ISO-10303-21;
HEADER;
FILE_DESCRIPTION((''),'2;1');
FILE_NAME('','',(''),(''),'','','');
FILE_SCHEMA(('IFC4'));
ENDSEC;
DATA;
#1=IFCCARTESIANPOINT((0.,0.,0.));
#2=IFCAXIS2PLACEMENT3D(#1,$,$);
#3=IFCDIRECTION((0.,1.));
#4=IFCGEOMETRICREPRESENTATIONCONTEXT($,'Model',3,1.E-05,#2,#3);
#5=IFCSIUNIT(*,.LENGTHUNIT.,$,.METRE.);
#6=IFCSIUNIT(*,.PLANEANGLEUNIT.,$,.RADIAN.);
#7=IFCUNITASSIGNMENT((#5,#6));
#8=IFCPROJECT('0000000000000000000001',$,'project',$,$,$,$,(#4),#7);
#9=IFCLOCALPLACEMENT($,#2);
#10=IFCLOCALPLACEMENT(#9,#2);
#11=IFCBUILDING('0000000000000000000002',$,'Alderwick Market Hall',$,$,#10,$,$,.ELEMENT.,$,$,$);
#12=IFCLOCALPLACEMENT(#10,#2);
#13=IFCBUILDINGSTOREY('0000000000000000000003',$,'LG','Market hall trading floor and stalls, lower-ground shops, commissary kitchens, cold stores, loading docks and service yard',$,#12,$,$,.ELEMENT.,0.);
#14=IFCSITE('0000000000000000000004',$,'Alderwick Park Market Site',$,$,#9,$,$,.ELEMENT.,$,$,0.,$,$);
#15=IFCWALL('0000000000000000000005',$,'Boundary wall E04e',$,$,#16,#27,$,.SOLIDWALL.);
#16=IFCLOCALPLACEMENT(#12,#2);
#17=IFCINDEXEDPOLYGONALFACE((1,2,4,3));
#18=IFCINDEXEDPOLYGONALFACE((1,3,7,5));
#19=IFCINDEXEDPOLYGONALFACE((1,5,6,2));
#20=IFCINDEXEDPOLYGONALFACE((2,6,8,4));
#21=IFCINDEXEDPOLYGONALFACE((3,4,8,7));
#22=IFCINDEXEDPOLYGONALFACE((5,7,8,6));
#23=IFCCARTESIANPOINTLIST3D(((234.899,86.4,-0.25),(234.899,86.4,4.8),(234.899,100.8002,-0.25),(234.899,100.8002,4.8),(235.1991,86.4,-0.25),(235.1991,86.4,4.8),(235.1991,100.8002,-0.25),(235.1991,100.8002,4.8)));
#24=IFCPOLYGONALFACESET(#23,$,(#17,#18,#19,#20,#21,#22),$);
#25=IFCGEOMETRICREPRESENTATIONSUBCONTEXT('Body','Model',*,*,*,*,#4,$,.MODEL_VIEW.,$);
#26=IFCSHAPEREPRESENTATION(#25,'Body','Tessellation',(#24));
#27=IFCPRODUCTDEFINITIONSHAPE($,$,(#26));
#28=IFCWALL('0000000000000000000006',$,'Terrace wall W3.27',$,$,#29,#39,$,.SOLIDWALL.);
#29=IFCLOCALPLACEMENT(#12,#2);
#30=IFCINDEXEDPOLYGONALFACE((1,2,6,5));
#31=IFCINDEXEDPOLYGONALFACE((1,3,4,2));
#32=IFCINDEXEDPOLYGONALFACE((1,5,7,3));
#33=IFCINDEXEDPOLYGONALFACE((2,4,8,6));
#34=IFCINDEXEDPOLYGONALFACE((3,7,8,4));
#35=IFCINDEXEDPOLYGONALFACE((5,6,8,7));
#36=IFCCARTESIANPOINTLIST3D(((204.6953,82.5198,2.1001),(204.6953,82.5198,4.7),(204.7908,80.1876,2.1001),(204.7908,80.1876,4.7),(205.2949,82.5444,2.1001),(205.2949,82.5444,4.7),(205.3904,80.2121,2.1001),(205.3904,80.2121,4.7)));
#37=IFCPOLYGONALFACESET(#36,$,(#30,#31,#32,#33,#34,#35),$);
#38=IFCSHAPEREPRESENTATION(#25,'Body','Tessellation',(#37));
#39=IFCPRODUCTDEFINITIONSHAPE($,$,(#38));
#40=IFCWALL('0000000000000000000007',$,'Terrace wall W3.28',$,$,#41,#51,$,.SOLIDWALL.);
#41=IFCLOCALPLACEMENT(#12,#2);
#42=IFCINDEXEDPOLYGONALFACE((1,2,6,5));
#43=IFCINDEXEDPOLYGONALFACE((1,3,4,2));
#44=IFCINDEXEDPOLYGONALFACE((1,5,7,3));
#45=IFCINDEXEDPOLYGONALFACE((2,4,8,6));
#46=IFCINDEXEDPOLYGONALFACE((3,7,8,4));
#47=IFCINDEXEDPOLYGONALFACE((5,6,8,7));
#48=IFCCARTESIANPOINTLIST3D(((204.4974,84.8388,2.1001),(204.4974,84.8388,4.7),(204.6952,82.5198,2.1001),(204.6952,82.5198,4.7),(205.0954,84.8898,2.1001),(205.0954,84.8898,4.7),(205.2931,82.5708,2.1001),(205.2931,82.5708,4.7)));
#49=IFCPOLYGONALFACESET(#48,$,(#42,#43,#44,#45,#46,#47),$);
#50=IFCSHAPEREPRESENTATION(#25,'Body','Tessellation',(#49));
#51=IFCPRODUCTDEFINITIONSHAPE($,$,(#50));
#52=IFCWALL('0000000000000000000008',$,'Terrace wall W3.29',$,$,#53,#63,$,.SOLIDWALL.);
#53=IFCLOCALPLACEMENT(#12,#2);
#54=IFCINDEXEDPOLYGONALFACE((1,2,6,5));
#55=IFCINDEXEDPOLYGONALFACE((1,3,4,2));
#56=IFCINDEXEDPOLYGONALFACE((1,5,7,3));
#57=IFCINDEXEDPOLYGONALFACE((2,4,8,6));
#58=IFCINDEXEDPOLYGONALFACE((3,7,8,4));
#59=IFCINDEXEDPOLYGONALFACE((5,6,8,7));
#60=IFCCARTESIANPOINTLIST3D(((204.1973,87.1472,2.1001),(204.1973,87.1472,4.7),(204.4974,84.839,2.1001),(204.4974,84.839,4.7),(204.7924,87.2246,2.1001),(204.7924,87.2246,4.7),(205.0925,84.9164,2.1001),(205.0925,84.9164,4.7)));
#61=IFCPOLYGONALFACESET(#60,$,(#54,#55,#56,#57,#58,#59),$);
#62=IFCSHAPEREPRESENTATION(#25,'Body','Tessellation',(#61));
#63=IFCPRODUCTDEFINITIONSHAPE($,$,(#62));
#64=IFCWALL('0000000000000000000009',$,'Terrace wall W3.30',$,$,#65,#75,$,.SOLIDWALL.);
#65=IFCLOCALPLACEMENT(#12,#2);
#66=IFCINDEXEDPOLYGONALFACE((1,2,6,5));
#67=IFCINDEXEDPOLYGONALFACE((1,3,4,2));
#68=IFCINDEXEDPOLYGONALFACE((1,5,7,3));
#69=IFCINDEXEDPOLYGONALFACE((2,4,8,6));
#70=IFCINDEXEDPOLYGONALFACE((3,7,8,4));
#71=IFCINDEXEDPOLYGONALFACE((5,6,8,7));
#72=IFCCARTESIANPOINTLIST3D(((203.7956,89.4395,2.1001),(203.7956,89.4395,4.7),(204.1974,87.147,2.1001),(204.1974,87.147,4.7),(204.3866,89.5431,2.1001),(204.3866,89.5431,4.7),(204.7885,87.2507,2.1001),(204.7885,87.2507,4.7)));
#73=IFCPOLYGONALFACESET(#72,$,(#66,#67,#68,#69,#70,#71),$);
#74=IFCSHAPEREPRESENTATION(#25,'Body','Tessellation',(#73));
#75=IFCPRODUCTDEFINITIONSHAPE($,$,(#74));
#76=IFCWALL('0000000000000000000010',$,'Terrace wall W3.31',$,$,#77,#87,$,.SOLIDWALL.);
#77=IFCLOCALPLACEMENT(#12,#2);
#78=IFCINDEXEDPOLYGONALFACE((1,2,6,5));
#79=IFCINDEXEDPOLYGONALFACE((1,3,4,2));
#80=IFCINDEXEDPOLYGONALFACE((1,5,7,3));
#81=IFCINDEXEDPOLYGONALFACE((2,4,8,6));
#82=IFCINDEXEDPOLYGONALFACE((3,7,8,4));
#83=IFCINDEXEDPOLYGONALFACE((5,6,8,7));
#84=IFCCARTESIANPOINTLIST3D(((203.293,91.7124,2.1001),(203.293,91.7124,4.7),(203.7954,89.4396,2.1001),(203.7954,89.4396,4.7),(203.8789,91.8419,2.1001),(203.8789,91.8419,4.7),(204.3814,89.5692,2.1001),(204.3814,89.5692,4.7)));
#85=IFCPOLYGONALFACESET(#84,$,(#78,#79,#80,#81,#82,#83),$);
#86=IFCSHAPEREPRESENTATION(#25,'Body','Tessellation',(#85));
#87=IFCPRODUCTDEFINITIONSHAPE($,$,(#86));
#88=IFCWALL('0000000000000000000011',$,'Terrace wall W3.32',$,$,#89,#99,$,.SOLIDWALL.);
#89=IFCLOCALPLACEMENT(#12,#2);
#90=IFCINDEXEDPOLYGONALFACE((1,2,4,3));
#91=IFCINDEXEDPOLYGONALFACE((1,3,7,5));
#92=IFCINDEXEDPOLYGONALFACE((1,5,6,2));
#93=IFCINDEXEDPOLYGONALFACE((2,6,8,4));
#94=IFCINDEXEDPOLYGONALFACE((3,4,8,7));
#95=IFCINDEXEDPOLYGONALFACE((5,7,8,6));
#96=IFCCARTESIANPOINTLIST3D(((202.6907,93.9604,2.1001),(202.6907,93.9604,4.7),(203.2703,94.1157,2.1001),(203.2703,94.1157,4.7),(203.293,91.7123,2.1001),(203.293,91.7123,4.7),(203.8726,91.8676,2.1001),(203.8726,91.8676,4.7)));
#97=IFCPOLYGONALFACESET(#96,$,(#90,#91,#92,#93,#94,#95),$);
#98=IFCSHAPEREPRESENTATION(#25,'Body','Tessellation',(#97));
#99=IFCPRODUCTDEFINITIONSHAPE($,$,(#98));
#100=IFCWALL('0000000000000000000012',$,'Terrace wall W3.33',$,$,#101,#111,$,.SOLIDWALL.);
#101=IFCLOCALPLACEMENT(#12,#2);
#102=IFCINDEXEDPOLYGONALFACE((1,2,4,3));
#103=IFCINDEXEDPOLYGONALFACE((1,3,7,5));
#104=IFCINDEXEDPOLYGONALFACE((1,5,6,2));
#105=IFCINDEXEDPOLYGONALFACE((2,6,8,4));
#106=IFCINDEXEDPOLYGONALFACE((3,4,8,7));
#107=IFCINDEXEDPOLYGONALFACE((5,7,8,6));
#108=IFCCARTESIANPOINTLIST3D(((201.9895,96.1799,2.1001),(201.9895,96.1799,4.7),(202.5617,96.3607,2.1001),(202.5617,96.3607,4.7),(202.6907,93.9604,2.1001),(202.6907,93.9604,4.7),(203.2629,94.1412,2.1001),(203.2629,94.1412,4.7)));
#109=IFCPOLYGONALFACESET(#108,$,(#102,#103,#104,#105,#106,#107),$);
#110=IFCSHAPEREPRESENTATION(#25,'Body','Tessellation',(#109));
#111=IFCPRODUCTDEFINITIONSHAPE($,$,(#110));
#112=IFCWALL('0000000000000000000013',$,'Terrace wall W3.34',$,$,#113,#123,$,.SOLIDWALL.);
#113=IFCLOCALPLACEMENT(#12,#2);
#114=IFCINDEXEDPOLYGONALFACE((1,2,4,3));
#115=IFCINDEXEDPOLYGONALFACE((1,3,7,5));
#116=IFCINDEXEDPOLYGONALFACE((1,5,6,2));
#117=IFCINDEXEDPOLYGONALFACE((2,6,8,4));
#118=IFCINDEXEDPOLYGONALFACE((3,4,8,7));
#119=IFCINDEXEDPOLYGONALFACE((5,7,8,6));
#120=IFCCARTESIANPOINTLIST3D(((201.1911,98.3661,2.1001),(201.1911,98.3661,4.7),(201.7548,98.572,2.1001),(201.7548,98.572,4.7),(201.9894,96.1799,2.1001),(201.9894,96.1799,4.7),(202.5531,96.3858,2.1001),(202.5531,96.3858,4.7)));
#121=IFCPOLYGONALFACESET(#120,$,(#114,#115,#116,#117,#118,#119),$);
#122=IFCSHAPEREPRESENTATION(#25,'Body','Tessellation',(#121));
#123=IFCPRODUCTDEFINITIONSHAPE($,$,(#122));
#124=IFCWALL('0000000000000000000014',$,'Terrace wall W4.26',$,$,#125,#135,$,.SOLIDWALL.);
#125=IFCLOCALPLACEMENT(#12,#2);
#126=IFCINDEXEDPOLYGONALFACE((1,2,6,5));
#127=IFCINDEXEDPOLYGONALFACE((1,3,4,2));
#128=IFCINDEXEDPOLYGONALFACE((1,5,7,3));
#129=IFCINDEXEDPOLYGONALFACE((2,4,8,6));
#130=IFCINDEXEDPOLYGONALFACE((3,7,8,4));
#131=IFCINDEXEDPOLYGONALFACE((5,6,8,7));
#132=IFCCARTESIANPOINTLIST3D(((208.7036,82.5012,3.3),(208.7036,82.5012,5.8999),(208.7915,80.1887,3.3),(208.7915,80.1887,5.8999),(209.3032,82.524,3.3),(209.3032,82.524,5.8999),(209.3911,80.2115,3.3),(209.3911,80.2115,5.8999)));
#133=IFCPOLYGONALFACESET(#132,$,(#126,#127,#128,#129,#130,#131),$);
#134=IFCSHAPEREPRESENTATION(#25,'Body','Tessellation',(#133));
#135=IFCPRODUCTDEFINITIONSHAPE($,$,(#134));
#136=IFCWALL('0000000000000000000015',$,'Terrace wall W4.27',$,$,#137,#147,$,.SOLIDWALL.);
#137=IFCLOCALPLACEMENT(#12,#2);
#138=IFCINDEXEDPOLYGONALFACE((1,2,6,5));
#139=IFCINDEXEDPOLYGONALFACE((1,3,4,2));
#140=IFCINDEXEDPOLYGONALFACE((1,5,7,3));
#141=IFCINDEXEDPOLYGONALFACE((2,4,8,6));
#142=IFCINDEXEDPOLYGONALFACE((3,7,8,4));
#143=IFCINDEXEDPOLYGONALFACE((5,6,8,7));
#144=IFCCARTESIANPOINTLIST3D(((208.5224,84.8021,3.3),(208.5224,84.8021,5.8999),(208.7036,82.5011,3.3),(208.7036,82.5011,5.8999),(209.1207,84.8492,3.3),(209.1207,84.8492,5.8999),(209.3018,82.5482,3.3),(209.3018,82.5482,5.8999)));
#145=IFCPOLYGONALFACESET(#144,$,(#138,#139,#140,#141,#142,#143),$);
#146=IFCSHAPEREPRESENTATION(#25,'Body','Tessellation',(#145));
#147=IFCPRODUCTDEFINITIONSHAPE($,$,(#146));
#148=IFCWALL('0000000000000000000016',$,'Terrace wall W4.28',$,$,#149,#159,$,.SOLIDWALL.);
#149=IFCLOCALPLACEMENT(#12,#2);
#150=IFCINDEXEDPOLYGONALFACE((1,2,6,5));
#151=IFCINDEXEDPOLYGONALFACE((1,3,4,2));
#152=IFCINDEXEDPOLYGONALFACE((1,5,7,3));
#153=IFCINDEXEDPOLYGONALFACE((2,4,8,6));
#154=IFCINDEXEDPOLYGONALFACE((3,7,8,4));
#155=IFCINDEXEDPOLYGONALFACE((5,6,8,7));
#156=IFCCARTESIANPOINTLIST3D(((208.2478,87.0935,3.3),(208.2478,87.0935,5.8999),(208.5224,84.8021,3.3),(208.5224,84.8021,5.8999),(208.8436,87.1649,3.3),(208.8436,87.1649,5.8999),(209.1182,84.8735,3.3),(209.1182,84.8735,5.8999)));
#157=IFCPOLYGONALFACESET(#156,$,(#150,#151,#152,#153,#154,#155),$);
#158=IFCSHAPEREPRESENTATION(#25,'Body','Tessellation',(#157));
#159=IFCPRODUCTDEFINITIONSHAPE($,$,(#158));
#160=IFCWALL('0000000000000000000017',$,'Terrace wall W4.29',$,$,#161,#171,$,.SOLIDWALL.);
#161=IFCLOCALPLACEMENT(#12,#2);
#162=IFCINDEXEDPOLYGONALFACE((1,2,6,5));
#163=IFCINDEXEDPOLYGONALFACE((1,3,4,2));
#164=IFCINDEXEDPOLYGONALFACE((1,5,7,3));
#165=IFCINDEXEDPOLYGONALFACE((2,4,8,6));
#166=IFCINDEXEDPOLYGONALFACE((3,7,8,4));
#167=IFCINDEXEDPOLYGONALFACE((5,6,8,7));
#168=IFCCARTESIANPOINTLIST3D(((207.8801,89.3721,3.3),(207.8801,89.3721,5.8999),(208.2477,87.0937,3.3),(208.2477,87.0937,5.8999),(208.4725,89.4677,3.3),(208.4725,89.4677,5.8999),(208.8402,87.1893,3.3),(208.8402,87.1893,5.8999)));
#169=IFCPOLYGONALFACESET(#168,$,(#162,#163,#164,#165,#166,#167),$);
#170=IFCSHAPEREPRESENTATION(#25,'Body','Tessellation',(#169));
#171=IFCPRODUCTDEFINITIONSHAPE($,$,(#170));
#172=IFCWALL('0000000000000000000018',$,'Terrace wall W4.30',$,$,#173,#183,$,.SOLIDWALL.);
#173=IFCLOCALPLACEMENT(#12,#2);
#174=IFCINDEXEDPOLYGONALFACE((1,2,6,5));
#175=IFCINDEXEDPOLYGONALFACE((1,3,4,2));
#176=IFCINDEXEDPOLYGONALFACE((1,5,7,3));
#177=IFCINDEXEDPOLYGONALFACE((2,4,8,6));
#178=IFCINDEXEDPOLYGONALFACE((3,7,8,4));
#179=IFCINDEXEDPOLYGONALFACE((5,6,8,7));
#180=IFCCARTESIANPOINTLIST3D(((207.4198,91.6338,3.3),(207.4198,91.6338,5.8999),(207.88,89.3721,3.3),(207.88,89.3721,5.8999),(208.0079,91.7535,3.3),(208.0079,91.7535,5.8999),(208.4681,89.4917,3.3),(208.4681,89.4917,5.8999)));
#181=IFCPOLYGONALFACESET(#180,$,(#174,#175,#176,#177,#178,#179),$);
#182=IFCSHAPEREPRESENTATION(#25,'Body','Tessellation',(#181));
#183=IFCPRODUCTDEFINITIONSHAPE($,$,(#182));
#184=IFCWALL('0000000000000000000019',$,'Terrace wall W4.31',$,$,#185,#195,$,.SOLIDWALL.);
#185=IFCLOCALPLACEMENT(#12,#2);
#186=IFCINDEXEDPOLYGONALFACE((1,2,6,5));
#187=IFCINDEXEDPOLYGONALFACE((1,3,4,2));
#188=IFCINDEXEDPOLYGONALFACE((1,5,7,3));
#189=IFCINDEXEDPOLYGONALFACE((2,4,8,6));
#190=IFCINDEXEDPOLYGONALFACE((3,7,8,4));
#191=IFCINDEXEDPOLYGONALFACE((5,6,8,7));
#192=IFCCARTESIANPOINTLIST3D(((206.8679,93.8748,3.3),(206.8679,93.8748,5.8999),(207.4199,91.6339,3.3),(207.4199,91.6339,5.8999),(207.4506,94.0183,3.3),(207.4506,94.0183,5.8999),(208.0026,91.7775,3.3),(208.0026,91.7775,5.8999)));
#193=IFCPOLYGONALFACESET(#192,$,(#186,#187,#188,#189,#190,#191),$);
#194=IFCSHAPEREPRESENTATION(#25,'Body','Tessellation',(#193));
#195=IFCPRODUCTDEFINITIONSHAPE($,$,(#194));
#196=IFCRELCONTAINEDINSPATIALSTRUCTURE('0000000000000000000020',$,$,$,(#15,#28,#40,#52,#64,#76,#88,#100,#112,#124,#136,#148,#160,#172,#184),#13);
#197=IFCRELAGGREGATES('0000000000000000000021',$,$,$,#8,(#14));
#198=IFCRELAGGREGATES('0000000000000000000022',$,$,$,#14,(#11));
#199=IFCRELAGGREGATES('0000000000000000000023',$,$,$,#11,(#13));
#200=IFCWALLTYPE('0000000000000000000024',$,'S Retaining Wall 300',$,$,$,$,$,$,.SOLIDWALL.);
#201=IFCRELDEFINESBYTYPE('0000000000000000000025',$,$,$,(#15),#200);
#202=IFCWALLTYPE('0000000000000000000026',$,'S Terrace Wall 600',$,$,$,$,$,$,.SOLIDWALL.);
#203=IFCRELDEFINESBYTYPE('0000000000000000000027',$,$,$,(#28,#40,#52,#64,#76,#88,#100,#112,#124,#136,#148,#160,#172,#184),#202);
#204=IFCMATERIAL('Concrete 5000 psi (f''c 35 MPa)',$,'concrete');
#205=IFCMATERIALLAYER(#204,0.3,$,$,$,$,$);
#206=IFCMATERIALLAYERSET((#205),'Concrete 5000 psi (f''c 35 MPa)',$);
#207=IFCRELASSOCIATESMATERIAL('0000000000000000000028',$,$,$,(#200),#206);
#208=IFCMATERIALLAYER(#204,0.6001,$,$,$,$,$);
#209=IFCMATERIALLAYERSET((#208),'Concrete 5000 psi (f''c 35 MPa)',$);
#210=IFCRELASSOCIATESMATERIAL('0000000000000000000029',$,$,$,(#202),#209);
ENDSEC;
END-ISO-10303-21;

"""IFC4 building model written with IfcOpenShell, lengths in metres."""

from ifc_helpers import new_model, si_unit, direction, frame, frame_2d, origin, place, context, subcontext, project, spatial, rectangle, extrude, material, layer, layer_set, type_object, element, save


model = new_model("IFC4")

# Units and contexts
model_context = context("Model", 3, precision=1e-05, world=origin(), true_north=direction((0.0, 1.0)))
body_context = subcontext(model_context, "Body", "Model", "MODEL_VIEW")
ifc_project = project(units=[si_unit("LENGTHUNIT", "METRE"), si_unit("PLANEANGLEUNIT", "RADIAN")], contexts=[model_context])

# Site, building, storey
site_placement = place(None, origin())
site = spatial("IfcSite", under=ifc_project, at=site_placement, Name="Alderwick Park Market Site", CompositionType="ELEMENT", RefElevation=0.0)
building_placement = place(site_placement, origin())
building = spatial("IfcBuilding", under=site, at=building_placement, Name="Alderwick Market Hall", CompositionType="ELEMENT")
storey_placement = place(building_placement, origin())
storey = spatial("IfcBuildingStorey", under=building, at=storey_placement, Name="LG", Description="Market hall trading floor and stalls, lower-ground shops, commissary kitchens, cold stores, loading docks and service yard", CompositionType="ELEMENT", Elevation=0.0)

# Walls
ifc_material_1 = material(Name="Concrete 5000 psi (f'c 35 MPa)", Category="concrete")
ifc_layer_1 = layer(ifc_material_1, 0.3)
ifc_layer_set_1 = layer_set([ifc_layer_1], Name="Concrete 5000 psi (f'c 35 MPa)")
wall_type_1 = type_object("IfcWallType", Name="S Retaining Wall 300", PredefinedType="SOLIDWALL", material=ifc_layer_set_1)
wall_1_placement = place(storey_placement, frame((235.0491, 86.3999, -0.25), z_axis=(0.0, 0.0, 1.0), x_axis=(0.0, 1.0, 0.0)))
element("IfcWall", 1, at=wall_1_placement, inside=storey, type_object=wall_type_1, Name="Boundary wall E04e", PredefinedType="SOLIDWALL", context=body_context, shape_type="SweptSolid", body=[
    extrude(rectangle(XDim=14.4001, YDim=0.3, at=frame_2d((7.2002, 0.0))), origin(), (0.0, 0.0, 1.0), 5.05),
])
ifc_layer_2 = layer(ifc_material_1, 0.6001)
ifc_layer_set_2 = layer_set([ifc_layer_2], Name="Concrete 5000 psi (f'c 35 MPa)")
wall_type_2 = type_object("IfcWallType", Name="S Terrace Wall 600", PredefinedType="SOLIDWALL", material=ifc_layer_set_2)
wall_2_placement = place(storey_placement, frame((205.0906, 80.2, 2.1001), z_axis=(0.0, 0.0, 1.0), x_axis=(-0.040895, 0.999163, 0.0)))
element("IfcWall", 2, at=wall_2_placement, inside=storey, type_object=wall_type_2, Name="Terrace wall W3.27", PredefinedType="SOLIDWALL", context=body_context, shape_type="SweptSolid", body=[
    extrude(rectangle(XDim=2.3342, YDim=0.6001, at=frame_2d((1.167, 0.0))), origin(), (0.0, 0.0, 1.0), 2.5999),
])
wall_3_placement = place(storey_placement, frame((204.9941, 82.5454, 2.1001), z_axis=(0.0, 0.0, 1.0), x_axis=(-0.084964, 0.996384, 0.0)))
element("IfcWall", 3, at=wall_3_placement, inside=storey, type_object=wall_type_2, Name="Terrace wall W3.28", PredefinedType="SOLIDWALL", context=body_context, shape_type="SweptSolid", body=[
    extrude(rectangle(XDim=2.3274, YDim=0.6001, at=frame_2d((1.1636, 0.0))), origin(), (0.0, 0.0, 1.0), 2.5999),
])
wall_4_placement = place(storey_placement, frame((204.7949, 84.8777, 2.1001), z_axis=(0.0, 0.0, 1.0), x_axis=(-0.128913, 0.991656, 0.0)))
element("IfcWall", 4, at=wall_4_placement, inside=storey, type_object=wall_type_2, Name="Terrace wall W3.29", PredefinedType="SOLIDWALL", context=body_context, shape_type="SweptSolid", body=[
    extrude(rectangle(XDim=2.3276, YDim=0.6001, at=frame_2d((1.1638, 0.0))), origin(), (0.0, 0.0, 1.0), 2.5999),
])
wall_5_placement = place(storey_placement, frame((204.4929, 87.199, 2.1001), z_axis=(0.0, 0.0, 1.0), x_axis=(-0.17266, 0.984981, 0.0)))
element("IfcWall", 5, at=wall_5_placement, inside=storey, type_object=wall_type_2, Name="Terrace wall W3.30", PredefinedType="SOLIDWALL", context=body_context, shape_type="SweptSolid", body=[
    extrude(rectangle(XDim=2.3274, YDim=0.6001, at=frame_2d((1.1636, 0.0))), origin(), (0.0, 0.0, 1.0), 2.5999),
])
wall_6_placement = place(storey_placement, frame((204.0884, 89.5044, 2.1001), z_axis=(0.0, 0.0, 1.0), x_axis=(-0.215864, 0.976423, 0.0)))
element("IfcWall", 6, at=wall_6_placement, inside=storey, type_object=wall_type_2, Name="Terrace wall W3.31", PredefinedType="SOLIDWALL", context=body_context, shape_type="SweptSolid", body=[
    extrude(rectangle(XDim=2.3276, YDim=0.6001, at=frame_2d((1.1638, 0.0))), origin(), (0.0, 0.0, 1.0), 2.5999),
])
wall_7_placement = place(storey_placement, frame((203.5828, 91.79, 2.1001), z_axis=(0.0, 0.0, 1.0), x_axis=(-0.258792, 0.965933, 0.0)))
element("IfcWall", 7, at=wall_7_placement, inside=storey, type_object=wall_type_2, Name="Terrace wall W3.32", PredefinedType="SOLIDWALL", context=body_context, shape_type="SweptSolid", body=[
    extrude(rectangle(XDim=2.3274, YDim=0.6001, at=frame_2d((1.1636, 0.0))), origin(), (0.0, 0.0, 1.0), 2.5999),
])
wall_8_placement = place(storey_placement, frame((202.9768, 94.0508, 2.1001), z_axis=(0.0, 0.0, 1.0), x_axis=(-0.301242, 0.953548, 0.0)))
element("IfcWall", 8, at=wall_8_placement, inside=storey, type_object=wall_type_2, Name="Terrace wall W3.33", PredefinedType="SOLIDWALL", context=body_context, shape_type="SweptSolid", body=[
    extrude(rectangle(XDim=2.3276, YDim=0.6001, at=frame_2d((1.1638, 0.0))), origin(), (0.0, 0.0, 1.0), 2.5999),
])
wall_9_placement = place(storey_placement, frame((202.2712, 96.283, 2.1001), z_axis=(0.0, 0.0, 1.0), x_axis=(-0.343006, 0.939333, 0.0)))
element("IfcWall", 9, at=wall_9_placement, inside=storey, type_object=wall_type_2, Name="Terrace wall W3.34", PredefinedType="SOLIDWALL", context=body_context, shape_type="SweptSolid", body=[
    extrude(rectangle(XDim=2.3274, YDim=0.6001, at=frame_2d((1.1636, 0.0))), origin(), (0.0, 0.0, 1.0), 2.5999),
])
wall_10_placement = place(storey_placement, frame((209.0913, 80.2, 3.3), z_axis=(0.0, 0.0, 1.0), x_axis=(-0.037979, 0.999279, 0.0)))
element("IfcWall", 10, at=wall_10_placement, inside=storey, type_object=wall_type_2, Name="Terrace wall W4.26", PredefinedType="SOLIDWALL", context=body_context, shape_type="SweptSolid", body=[
    extrude(rectangle(XDim=2.3142, YDim=0.6001, at=frame_2d((1.1572, 0.0))), origin(), (0.0, 0.0, 1.0), 2.5999),
])
wall_11_placement = place(storey_placement, frame((209.0027, 82.5247, 3.3), z_axis=(0.0, 0.0, 1.0), x_axis=(-0.078484, 0.996915, 0.0)))
element("IfcWall", 11, at=wall_11_placement, inside=storey, type_object=wall_type_2, Name="Terrace wall W4.27", PredefinedType="SOLIDWALL", context=body_context, shape_type="SweptSolid", body=[
    extrude(rectangle(XDim=2.3081, YDim=0.6001, at=frame_2d((1.1541, 0.0))), origin(), (0.0, 0.0, 1.0), 2.5999),
])
for number, where, z_axis, x_axis, name in (
    (12, (208.8203, 84.8379, 3.3), (0.0, 0.0, 1.0), (-0.119008, 0.992893, 0.0), "Terrace wall W4.28"),
    (13, (208.5439, 87.1416, 3.3), (0.0, 0.0, 1.0), (-0.159319, 0.987227, 0.0), "Terrace wall W4.29"),
):
    element("IfcWall", number, at=place(storey_placement, frame(where, z_axis=z_axis, x_axis=x_axis)), inside=storey, type_object=wall_type_2, Name=name, PredefinedType="SOLIDWALL", context=body_context, shape_type="SweptSolid", body=[
        extrude(rectangle(XDim=2.3079, YDim=0.6001, at=frame_2d((1.1538, 0.0))), origin(), (0.0, 0.0, 1.0), 2.5999),
    ])
wall_12_placement = place(storey_placement, frame((208.1741, 89.4319, 3.3), z_axis=(0.0, 0.0, 1.0), x_axis=(-0.19939, 0.97992, 0.0)))
element("IfcWall", 14, at=wall_12_placement, inside=storey, type_object=wall_type_2, Name="Terrace wall W4.30", PredefinedType="SOLIDWALL", context=body_context, shape_type="SweptSolid", body=[
    extrude(rectangle(XDim=2.3081, YDim=0.6001, at=frame_2d((1.1541, 0.0))), origin(), (0.0, 0.0, 1.0), 2.5999),
])
wall_13_placement = place(storey_placement, frame((207.7112, 91.7058, 3.3), z_axis=(0.0, 0.0, 1.0), x_axis=(-0.239174, 0.970977, 0.0)))
element("IfcWall", 15, at=wall_13_placement, inside=storey, type_object=wall_type_2, Name="Terrace wall W4.31", PredefinedType="SOLIDWALL", context=body_context, shape_type="SweptSolid", body=[
    extrude(rectangle(XDim=2.3079, YDim=0.6001, at=frame_2d((1.1538, 0.0))), origin(), (0.0, 0.0, 1.0), 2.5999),
])

save(model, "model.ifc")
